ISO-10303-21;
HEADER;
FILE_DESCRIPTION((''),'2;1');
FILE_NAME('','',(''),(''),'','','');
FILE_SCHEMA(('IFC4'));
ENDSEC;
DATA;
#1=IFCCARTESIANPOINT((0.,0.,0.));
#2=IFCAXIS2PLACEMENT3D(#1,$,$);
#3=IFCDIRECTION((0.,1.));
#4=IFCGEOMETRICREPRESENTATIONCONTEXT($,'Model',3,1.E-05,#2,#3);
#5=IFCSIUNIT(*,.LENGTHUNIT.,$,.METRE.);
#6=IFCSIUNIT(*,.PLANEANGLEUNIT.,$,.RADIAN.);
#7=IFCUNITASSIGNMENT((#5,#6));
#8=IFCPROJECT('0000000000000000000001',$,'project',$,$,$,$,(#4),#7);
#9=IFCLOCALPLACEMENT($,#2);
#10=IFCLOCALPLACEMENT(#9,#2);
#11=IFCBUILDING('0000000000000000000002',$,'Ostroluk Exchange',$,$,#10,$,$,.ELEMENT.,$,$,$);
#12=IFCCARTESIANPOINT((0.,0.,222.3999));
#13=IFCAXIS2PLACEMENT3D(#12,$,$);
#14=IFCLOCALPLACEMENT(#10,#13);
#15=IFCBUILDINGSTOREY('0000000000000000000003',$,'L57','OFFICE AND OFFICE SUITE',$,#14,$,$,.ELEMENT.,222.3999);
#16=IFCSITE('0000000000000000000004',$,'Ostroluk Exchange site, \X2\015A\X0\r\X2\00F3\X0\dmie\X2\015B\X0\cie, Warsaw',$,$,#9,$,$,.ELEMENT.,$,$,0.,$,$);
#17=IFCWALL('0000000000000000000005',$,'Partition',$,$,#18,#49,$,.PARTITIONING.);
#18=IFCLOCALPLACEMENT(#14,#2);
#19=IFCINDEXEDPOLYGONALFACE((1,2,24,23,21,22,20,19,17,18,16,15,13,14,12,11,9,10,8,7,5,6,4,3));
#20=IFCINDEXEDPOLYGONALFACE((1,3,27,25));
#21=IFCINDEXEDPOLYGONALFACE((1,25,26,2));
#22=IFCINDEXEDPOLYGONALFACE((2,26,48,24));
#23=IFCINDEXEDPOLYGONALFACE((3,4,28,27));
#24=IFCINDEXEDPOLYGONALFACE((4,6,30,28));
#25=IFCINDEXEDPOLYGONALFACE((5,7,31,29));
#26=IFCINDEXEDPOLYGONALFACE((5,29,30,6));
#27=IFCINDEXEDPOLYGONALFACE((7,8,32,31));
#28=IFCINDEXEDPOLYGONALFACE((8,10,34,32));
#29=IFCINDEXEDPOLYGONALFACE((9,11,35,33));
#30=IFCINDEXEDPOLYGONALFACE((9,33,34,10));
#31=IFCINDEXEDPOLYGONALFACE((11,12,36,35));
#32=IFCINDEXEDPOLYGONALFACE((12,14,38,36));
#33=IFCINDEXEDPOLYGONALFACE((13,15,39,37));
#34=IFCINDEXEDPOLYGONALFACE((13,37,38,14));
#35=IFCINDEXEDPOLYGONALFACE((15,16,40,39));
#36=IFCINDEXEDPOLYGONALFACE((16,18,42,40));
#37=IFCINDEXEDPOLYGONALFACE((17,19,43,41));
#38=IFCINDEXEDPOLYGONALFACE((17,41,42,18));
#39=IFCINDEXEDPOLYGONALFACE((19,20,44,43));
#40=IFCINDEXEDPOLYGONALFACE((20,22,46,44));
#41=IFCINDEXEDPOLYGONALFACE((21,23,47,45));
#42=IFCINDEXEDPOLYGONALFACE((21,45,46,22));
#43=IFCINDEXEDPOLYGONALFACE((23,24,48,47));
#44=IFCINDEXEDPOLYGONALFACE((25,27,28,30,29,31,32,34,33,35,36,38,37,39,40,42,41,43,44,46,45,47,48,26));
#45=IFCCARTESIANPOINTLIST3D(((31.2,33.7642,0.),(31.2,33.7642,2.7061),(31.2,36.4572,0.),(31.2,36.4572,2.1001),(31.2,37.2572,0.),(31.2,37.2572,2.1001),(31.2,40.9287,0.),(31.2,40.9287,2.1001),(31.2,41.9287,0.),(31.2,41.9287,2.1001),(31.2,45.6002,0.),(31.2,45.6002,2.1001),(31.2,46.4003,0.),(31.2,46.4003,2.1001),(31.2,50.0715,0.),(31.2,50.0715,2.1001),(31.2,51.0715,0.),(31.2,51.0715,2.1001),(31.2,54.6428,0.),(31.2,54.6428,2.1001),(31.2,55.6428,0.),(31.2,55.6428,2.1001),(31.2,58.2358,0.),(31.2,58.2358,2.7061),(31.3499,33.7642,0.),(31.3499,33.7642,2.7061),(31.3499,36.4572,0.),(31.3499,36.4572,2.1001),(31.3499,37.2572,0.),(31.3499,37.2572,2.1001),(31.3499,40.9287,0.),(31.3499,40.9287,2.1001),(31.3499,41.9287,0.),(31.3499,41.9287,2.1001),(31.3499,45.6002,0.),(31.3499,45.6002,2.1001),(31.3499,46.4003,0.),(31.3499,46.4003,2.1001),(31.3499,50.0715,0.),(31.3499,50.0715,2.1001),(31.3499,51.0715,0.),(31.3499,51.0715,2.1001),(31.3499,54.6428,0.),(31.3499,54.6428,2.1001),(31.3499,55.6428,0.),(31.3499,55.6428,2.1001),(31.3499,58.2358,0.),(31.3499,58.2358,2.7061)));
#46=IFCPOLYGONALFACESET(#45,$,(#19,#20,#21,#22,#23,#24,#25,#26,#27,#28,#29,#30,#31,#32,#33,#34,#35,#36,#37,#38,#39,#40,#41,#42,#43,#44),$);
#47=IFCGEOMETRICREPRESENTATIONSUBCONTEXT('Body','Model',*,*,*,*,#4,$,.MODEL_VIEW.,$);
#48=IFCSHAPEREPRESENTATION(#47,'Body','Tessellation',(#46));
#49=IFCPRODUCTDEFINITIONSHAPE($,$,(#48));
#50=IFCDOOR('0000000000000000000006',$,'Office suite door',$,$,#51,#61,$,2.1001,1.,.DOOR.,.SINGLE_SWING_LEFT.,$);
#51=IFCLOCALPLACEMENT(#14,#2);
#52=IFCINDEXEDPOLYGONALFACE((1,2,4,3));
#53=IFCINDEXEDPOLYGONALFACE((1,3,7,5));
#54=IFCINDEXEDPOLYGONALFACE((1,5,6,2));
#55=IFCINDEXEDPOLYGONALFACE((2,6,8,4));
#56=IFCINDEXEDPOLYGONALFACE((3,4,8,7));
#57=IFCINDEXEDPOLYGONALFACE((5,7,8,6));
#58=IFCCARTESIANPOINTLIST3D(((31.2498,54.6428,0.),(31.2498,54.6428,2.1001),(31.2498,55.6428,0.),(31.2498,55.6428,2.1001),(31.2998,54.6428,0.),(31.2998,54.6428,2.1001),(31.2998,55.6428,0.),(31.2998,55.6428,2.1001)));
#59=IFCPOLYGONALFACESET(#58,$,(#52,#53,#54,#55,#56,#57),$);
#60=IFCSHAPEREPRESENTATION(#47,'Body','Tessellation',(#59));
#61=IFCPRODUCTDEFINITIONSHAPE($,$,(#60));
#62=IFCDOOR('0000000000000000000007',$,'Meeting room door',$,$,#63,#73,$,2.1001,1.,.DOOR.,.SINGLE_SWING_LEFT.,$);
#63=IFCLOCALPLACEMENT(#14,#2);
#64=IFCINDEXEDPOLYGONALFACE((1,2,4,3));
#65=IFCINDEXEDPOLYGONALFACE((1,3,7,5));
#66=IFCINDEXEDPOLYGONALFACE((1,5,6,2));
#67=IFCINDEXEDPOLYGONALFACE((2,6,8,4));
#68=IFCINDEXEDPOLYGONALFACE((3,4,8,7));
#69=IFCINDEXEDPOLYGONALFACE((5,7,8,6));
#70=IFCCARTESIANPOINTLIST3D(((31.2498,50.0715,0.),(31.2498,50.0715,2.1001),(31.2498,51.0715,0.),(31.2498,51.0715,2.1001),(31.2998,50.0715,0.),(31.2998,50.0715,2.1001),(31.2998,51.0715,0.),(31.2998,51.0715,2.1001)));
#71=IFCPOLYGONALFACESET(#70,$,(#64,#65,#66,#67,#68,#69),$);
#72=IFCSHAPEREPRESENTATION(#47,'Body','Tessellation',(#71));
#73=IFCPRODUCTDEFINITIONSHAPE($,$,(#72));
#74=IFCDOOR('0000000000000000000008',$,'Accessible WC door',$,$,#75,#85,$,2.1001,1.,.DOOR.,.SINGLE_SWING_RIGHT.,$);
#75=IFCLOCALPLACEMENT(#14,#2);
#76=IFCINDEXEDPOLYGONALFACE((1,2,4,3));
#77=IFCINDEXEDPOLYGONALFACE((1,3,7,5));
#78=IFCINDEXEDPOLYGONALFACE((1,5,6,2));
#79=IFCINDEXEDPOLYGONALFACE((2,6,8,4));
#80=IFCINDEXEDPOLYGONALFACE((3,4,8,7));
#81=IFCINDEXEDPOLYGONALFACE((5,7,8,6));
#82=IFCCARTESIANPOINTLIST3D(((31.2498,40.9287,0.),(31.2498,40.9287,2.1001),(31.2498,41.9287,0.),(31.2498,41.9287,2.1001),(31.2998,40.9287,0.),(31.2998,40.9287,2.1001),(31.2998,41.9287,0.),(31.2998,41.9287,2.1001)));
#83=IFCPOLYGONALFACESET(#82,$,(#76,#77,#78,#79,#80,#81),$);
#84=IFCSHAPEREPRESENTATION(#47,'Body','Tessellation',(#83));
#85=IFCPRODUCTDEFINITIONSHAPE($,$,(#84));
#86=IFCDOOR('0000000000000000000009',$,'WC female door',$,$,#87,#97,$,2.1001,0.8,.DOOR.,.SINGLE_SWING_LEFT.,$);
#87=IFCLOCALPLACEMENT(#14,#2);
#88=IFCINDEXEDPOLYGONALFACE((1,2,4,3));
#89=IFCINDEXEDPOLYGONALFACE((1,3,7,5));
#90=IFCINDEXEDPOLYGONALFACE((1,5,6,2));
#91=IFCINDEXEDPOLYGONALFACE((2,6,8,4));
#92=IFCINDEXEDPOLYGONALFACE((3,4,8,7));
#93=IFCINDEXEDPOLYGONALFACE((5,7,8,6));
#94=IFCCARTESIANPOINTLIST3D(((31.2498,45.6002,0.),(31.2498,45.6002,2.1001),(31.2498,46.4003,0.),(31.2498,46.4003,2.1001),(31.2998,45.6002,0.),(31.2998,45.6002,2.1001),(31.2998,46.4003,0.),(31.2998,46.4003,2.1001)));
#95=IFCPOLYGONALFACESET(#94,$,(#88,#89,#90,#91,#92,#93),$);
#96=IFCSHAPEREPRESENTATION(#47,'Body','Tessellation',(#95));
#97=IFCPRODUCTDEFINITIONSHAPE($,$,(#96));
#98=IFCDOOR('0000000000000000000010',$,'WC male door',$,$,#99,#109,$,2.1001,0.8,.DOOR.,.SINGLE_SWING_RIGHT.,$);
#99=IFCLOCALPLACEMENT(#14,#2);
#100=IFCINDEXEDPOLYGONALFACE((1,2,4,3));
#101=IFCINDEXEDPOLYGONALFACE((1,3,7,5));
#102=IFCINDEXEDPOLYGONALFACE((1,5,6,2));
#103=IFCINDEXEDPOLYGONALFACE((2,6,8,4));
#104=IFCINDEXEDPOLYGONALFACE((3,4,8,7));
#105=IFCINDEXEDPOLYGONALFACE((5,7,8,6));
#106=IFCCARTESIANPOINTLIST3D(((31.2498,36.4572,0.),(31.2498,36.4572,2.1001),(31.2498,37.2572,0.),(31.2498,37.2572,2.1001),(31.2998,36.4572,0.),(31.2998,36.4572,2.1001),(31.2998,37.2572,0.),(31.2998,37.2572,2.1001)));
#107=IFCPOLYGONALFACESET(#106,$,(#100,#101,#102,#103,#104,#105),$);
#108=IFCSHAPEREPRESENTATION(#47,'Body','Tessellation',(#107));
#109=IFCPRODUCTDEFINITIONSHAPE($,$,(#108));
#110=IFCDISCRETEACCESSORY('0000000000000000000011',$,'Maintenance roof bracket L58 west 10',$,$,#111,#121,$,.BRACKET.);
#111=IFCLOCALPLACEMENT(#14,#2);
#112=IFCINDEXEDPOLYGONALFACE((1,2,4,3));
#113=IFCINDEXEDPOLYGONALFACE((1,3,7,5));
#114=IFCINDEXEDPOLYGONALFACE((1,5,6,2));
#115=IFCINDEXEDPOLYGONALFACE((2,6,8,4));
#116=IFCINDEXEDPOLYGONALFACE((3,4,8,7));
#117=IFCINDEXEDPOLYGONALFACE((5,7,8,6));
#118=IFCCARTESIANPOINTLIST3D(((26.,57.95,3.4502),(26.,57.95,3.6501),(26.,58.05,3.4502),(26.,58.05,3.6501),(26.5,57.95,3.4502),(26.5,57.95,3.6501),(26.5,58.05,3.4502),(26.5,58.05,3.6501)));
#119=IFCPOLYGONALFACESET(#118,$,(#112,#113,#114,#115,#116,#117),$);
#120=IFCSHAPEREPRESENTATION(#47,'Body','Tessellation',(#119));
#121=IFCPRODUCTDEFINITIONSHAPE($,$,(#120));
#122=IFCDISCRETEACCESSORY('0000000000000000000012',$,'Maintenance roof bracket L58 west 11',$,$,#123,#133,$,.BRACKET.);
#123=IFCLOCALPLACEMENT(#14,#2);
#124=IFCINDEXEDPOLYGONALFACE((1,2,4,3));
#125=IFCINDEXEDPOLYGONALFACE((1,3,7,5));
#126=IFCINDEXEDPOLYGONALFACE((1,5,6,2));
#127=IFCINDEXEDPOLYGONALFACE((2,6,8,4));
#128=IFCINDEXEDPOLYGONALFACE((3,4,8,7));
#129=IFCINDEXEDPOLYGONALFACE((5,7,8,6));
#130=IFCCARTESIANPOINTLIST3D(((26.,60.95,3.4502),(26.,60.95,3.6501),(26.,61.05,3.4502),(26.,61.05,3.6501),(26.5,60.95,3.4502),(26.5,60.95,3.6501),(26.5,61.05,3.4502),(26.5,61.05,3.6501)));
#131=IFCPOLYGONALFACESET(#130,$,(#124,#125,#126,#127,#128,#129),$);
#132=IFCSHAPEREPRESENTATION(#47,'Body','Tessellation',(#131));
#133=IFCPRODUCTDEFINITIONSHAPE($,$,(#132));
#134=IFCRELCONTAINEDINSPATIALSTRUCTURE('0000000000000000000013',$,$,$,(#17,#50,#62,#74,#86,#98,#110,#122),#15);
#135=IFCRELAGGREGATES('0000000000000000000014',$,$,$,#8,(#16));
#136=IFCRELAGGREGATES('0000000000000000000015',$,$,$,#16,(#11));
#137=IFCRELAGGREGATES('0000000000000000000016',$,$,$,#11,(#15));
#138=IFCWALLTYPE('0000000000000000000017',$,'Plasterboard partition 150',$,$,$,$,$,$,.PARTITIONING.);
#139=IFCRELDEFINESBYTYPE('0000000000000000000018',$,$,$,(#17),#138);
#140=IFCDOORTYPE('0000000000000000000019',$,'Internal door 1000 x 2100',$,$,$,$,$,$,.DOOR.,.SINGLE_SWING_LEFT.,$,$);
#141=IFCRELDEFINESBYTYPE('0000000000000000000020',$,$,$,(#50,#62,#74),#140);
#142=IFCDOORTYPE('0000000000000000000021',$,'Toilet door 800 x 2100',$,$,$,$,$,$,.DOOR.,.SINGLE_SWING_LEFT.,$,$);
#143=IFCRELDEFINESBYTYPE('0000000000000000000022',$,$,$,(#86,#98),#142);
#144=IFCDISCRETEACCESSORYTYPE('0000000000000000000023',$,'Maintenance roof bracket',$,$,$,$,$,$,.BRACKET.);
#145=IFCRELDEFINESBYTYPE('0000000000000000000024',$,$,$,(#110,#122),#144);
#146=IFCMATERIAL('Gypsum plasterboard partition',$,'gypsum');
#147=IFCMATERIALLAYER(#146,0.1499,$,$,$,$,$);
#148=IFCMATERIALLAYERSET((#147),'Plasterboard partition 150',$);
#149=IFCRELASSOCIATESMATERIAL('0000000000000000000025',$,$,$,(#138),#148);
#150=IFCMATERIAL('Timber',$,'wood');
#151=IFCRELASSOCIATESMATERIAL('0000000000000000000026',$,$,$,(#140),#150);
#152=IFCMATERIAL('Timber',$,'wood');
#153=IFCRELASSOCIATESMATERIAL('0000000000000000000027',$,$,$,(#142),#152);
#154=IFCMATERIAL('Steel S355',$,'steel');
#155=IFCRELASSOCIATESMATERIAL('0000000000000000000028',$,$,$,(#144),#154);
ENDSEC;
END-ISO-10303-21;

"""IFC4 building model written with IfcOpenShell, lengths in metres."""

from ifc_helpers import new_model, si_unit, direction, frame, frame_2d, origin, origin_2d, place, context, subcontext, project, spatial, rectangle, extrude, material, layer, layer_set, type_object, element, fill, save


model = new_model("IFC4")

# Units and contexts
model_context = context("Model", 3, precision=1e-05, world=origin(), true_north=direction((0.0, 1.0)))
body_context = subcontext(model_context, "Body", "Model", "MODEL_VIEW")
ifc_project = project(units=[si_unit("LENGTHUNIT", "METRE"), si_unit("PLANEANGLEUNIT", "RADIAN")], contexts=[model_context])

# Site, building, storey
site_placement = place(None, origin())
site = spatial("IfcSite", under=ifc_project, at=site_placement, Name="Ostroluk Exchange site, Śródmieście, Warsaw", CompositionType="ELEMENT", RefElevation=0.0)
building_placement = place(site_placement, origin())
building = spatial("IfcBuilding", under=site, at=building_placement, Name="Ostroluk Exchange", CompositionType="ELEMENT")
storey_placement = place(building_placement, frame((0.0, 0.0, 222.3999)))
storey = spatial("IfcBuildingStorey", under=building, at=storey_placement, Name="L57", Description="OFFICE AND OFFICE SUITE", CompositionType="ELEMENT", Elevation=222.3999)

# Wall, openings, doors
ifc_material_1 = material(Name="Gypsum plasterboard partition", Category="gypsum")
ifc_layer_1 = layer(ifc_material_1, 0.1499)
ifc_layer_set_1 = layer_set([ifc_layer_1], Name="Plasterboard partition 150")
wall_type_1 = type_object("IfcWallType", Name="Plasterboard partition 150", PredefinedType="PARTITIONING", material=ifc_layer_set_1)
wall_1_placement = place(storey_placement, frame((31.2749, 58.2358, 0.0), z_axis=(0.0, 0.0, 1.0), x_axis=(0.0, -1.0, 0.0)))
wall_1 = element("IfcWall", 1, at=wall_1_placement, inside=storey, type_object=wall_type_1, Name="Partition", PredefinedType="PARTITIONING", context=body_context, shape_type="SweptSolid", body=[
    extrude(rectangle(XDim=24.4717, YDim=0.1499, at=frame_2d((12.2358, 0.0))), origin(), (0.0, 0.0, 1.0), 2.7061),
])
opening_1_placement = place(wall_1_placement, frame((2.593, 0.0, 0.0)))
opening_1 = element("IfcOpeningElement", 2, at=opening_1_placement, cuts=wall_1, PredefinedType="OPENING", context=body_context, shape_type="SweptSolid", body=[
    extrude(rectangle(XDim=1.0, YDim=2.1001, at=frame_2d((0.5, 1.05))), frame((0.0, 0.085, 0.0), z_axis=(0.0, -1.0, 0.0), x_axis=(1.0, 0.0, 0.0)), (0.0, 0.0, 1.0), 0.1699),
])
opening_2_placement = place(wall_1_placement, frame((7.1643, 0.0, 0.0)))
opening_2 = element("IfcOpeningElement", 3, at=opening_2_placement, cuts=wall_1, PredefinedType="OPENING", context=body_context, shape_type="SweptSolid", body=[
    extrude(rectangle(XDim=1.0, YDim=2.1001, at=frame_2d((0.5, 1.05))), frame((0.0, 0.085, 0.0), z_axis=(0.0, -1.0, 0.0), x_axis=(1.0, 0.0, 0.0)), (0.0, 0.0, 1.0), 0.1699),
])
opening_3_placement = place(wall_1_placement, frame((11.8357, 0.0, 0.0)))
opening_3 = element("IfcOpeningElement", 4, at=opening_3_placement, cuts=wall_1, PredefinedType="OPENING", context=body_context, shape_type="SweptSolid", body=[
    extrude(rectangle(XDim=0.8, YDim=2.1001, at=frame_2d((0.3999, 1.05))), frame((0.0, 0.085, 0.0), z_axis=(0.0, -1.0, 0.0), x_axis=(1.0, 0.0, 0.0)), (0.0, 0.0, 1.0), 0.1699),
])
opening_4_placement = place(wall_1_placement, frame((16.3071, 0.0, 0.0)))
opening_4 = element("IfcOpeningElement", 5, at=opening_4_placement, cuts=wall_1, PredefinedType="OPENING", context=body_context, shape_type="SweptSolid", body=[
    extrude(rectangle(XDim=1.0, YDim=2.1001, at=frame_2d((0.5, 1.05))), frame((0.0, 0.085, 0.0), z_axis=(0.0, -1.0, 0.0), x_axis=(1.0, 0.0, 0.0)), (0.0, 0.0, 1.0), 0.1699),
])
opening_5_placement = place(wall_1_placement, frame((20.9788, 0.0, 0.0)))
opening_5 = element("IfcOpeningElement", 6, at=opening_5_placement, cuts=wall_1, PredefinedType="OPENING", context=body_context, shape_type="SweptSolid", body=[
    extrude(rectangle(XDim=0.8, YDim=2.1001, at=frame_2d((0.3999, 1.05))), frame((0.0, 0.085, 0.0), z_axis=(0.0, -1.0, 0.0), x_axis=(1.0, 0.0, 0.0)), (0.0, 0.0, 1.0), 0.1699),
])
ifc_material_2 = material(Name="Timber", Category="wood")
door_type_1 = type_object("IfcDoorType", Name="Internal door 1000 x 2100", OperationType="SINGLE_SWING_LEFT", PredefinedType="DOOR", material=ifc_material_2)
door_1_placement = place(opening_1_placement, origin())
door_1 = element("IfcDoor", 7, at=door_1_placement, inside=storey, type_object=door_type_1, Name="Office suite door", OperationType="SINGLE_SWING_LEFT", OverallHeight=2.1001, OverallWidth=1.0, PredefinedType="DOOR", context=body_context, shape_type="SweptSolid", body=[
    extrude(rectangle(XDim=1.0, YDim=2.1001, at=frame_2d((0.5, 1.05))), frame((0.0, 0.0249, 0.0), z_axis=(0.0, -1.0, 0.0), x_axis=(1.0, 0.0, 0.0)), (0.0, 0.0, 1.0), 0.05),
])
fill(opening_1, door_1)
door_2_placement = place(opening_2_placement, origin())
door_2 = element("IfcDoor", 8, at=door_2_placement, inside=storey, type_object=door_type_1, Name="Meeting room door", OperationType="SINGLE_SWING_LEFT", OverallHeight=2.1001, OverallWidth=1.0, PredefinedType="DOOR", context=body_context, shape_type="SweptSolid", body=[
    extrude(rectangle(XDim=1.0, YDim=2.1001, at=frame_2d((0.5, 1.05))), frame((0.0, 0.0249, 0.0), z_axis=(0.0, -1.0, 0.0), x_axis=(1.0, 0.0, 0.0)), (0.0, 0.0, 1.0), 0.05),
])
fill(opening_2, door_2)
door_3_placement = place(opening_4_placement, origin())
door_3 = element("IfcDoor", 9, at=door_3_placement, inside=storey, type_object=door_type_1, Name="Accessible WC door", OperationType="SINGLE_SWING_RIGHT", OverallHeight=2.1001, OverallWidth=1.0, PredefinedType="DOOR", context=body_context, shape_type="SweptSolid", body=[
    extrude(rectangle(XDim=1.0, YDim=2.1001, at=frame_2d((0.5, 1.05))), frame((0.0, 0.0249, 0.0), z_axis=(0.0, -1.0, 0.0), x_axis=(1.0, 0.0, 0.0)), (0.0, 0.0, 1.0), 0.05),
])
fill(opening_4, door_3)
ifc_material_3 = material(Name="Timber", Category="wood")
door_type_2 = type_object("IfcDoorType", Name="Toilet door 800 x 2100", OperationType="SINGLE_SWING_LEFT", PredefinedType="DOOR", material=ifc_material_3)
door_4_placement = place(opening_3_placement, origin())
door_4 = element("IfcDoor", 10, at=door_4_placement, inside=storey, type_object=door_type_2, Name="WC female door", OperationType="SINGLE_SWING_LEFT", OverallHeight=2.1001, OverallWidth=0.8, PredefinedType="DOOR", context=body_context, shape_type="SweptSolid", body=[
    extrude(rectangle(XDim=0.8, YDim=2.1001, at=frame_2d((0.3999, 1.05))), frame((0.0, 0.0249, 0.0), z_axis=(0.0, -1.0, 0.0), x_axis=(1.0, 0.0, 0.0)), (0.0, 0.0, 1.0), 0.05),
])
fill(opening_3, door_4)
door_5_placement = place(opening_5_placement, origin())
door_5 = element("IfcDoor", 11, at=door_5_placement, inside=storey, type_object=door_type_2, Name="WC male door", OperationType="SINGLE_SWING_RIGHT", OverallHeight=2.1001, OverallWidth=0.8, PredefinedType="DOOR", context=body_context, shape_type="SweptSolid", body=[
    extrude(rectangle(XDim=0.8, YDim=2.1001, at=frame_2d((0.3999, 1.05))), frame((0.0, 0.0249, 0.0), z_axis=(0.0, -1.0, 0.0), x_axis=(1.0, 0.0, 0.0)), (0.0, 0.0, 1.0), 0.05),
])
fill(opening_5, door_5)

# Discrete accessories
ifc_material_4 = material(Name="Steel S355", Category="steel")
discrete_accessory_type = type_object("IfcDiscreteAccessoryType", Name="Maintenance roof bracket", PredefinedType="BRACKET", material=ifc_material_4)
for number, where, z_axis, x_axis, name in (
    (12, (26.25, 58.0, 3.4502), (0.0, 0.0, 1.0), (1.0, 0.0, 0.0), "Maintenance roof bracket L58 west 10"),
    (13, (26.25, 61.0, 3.4502), (0.0, 0.0, 1.0), (1.0, 0.0, 0.0), "Maintenance roof bracket L58 west 11"),
):
    element("IfcDiscreteAccessory", number, at=place(storey_placement, frame(where, z_axis=z_axis, x_axis=x_axis)), inside=storey, type_object=discrete_accessory_type, Name=name, PredefinedType="BRACKET", context=body_context, shape_type="SweptSolid", body=[
        extrude(rectangle(XDim=0.5, YDim=0.1001, at=origin_2d()), origin(), (0.0, 0.0, 1.0), 0.2),
    ])

save(model, "model.ifc")
